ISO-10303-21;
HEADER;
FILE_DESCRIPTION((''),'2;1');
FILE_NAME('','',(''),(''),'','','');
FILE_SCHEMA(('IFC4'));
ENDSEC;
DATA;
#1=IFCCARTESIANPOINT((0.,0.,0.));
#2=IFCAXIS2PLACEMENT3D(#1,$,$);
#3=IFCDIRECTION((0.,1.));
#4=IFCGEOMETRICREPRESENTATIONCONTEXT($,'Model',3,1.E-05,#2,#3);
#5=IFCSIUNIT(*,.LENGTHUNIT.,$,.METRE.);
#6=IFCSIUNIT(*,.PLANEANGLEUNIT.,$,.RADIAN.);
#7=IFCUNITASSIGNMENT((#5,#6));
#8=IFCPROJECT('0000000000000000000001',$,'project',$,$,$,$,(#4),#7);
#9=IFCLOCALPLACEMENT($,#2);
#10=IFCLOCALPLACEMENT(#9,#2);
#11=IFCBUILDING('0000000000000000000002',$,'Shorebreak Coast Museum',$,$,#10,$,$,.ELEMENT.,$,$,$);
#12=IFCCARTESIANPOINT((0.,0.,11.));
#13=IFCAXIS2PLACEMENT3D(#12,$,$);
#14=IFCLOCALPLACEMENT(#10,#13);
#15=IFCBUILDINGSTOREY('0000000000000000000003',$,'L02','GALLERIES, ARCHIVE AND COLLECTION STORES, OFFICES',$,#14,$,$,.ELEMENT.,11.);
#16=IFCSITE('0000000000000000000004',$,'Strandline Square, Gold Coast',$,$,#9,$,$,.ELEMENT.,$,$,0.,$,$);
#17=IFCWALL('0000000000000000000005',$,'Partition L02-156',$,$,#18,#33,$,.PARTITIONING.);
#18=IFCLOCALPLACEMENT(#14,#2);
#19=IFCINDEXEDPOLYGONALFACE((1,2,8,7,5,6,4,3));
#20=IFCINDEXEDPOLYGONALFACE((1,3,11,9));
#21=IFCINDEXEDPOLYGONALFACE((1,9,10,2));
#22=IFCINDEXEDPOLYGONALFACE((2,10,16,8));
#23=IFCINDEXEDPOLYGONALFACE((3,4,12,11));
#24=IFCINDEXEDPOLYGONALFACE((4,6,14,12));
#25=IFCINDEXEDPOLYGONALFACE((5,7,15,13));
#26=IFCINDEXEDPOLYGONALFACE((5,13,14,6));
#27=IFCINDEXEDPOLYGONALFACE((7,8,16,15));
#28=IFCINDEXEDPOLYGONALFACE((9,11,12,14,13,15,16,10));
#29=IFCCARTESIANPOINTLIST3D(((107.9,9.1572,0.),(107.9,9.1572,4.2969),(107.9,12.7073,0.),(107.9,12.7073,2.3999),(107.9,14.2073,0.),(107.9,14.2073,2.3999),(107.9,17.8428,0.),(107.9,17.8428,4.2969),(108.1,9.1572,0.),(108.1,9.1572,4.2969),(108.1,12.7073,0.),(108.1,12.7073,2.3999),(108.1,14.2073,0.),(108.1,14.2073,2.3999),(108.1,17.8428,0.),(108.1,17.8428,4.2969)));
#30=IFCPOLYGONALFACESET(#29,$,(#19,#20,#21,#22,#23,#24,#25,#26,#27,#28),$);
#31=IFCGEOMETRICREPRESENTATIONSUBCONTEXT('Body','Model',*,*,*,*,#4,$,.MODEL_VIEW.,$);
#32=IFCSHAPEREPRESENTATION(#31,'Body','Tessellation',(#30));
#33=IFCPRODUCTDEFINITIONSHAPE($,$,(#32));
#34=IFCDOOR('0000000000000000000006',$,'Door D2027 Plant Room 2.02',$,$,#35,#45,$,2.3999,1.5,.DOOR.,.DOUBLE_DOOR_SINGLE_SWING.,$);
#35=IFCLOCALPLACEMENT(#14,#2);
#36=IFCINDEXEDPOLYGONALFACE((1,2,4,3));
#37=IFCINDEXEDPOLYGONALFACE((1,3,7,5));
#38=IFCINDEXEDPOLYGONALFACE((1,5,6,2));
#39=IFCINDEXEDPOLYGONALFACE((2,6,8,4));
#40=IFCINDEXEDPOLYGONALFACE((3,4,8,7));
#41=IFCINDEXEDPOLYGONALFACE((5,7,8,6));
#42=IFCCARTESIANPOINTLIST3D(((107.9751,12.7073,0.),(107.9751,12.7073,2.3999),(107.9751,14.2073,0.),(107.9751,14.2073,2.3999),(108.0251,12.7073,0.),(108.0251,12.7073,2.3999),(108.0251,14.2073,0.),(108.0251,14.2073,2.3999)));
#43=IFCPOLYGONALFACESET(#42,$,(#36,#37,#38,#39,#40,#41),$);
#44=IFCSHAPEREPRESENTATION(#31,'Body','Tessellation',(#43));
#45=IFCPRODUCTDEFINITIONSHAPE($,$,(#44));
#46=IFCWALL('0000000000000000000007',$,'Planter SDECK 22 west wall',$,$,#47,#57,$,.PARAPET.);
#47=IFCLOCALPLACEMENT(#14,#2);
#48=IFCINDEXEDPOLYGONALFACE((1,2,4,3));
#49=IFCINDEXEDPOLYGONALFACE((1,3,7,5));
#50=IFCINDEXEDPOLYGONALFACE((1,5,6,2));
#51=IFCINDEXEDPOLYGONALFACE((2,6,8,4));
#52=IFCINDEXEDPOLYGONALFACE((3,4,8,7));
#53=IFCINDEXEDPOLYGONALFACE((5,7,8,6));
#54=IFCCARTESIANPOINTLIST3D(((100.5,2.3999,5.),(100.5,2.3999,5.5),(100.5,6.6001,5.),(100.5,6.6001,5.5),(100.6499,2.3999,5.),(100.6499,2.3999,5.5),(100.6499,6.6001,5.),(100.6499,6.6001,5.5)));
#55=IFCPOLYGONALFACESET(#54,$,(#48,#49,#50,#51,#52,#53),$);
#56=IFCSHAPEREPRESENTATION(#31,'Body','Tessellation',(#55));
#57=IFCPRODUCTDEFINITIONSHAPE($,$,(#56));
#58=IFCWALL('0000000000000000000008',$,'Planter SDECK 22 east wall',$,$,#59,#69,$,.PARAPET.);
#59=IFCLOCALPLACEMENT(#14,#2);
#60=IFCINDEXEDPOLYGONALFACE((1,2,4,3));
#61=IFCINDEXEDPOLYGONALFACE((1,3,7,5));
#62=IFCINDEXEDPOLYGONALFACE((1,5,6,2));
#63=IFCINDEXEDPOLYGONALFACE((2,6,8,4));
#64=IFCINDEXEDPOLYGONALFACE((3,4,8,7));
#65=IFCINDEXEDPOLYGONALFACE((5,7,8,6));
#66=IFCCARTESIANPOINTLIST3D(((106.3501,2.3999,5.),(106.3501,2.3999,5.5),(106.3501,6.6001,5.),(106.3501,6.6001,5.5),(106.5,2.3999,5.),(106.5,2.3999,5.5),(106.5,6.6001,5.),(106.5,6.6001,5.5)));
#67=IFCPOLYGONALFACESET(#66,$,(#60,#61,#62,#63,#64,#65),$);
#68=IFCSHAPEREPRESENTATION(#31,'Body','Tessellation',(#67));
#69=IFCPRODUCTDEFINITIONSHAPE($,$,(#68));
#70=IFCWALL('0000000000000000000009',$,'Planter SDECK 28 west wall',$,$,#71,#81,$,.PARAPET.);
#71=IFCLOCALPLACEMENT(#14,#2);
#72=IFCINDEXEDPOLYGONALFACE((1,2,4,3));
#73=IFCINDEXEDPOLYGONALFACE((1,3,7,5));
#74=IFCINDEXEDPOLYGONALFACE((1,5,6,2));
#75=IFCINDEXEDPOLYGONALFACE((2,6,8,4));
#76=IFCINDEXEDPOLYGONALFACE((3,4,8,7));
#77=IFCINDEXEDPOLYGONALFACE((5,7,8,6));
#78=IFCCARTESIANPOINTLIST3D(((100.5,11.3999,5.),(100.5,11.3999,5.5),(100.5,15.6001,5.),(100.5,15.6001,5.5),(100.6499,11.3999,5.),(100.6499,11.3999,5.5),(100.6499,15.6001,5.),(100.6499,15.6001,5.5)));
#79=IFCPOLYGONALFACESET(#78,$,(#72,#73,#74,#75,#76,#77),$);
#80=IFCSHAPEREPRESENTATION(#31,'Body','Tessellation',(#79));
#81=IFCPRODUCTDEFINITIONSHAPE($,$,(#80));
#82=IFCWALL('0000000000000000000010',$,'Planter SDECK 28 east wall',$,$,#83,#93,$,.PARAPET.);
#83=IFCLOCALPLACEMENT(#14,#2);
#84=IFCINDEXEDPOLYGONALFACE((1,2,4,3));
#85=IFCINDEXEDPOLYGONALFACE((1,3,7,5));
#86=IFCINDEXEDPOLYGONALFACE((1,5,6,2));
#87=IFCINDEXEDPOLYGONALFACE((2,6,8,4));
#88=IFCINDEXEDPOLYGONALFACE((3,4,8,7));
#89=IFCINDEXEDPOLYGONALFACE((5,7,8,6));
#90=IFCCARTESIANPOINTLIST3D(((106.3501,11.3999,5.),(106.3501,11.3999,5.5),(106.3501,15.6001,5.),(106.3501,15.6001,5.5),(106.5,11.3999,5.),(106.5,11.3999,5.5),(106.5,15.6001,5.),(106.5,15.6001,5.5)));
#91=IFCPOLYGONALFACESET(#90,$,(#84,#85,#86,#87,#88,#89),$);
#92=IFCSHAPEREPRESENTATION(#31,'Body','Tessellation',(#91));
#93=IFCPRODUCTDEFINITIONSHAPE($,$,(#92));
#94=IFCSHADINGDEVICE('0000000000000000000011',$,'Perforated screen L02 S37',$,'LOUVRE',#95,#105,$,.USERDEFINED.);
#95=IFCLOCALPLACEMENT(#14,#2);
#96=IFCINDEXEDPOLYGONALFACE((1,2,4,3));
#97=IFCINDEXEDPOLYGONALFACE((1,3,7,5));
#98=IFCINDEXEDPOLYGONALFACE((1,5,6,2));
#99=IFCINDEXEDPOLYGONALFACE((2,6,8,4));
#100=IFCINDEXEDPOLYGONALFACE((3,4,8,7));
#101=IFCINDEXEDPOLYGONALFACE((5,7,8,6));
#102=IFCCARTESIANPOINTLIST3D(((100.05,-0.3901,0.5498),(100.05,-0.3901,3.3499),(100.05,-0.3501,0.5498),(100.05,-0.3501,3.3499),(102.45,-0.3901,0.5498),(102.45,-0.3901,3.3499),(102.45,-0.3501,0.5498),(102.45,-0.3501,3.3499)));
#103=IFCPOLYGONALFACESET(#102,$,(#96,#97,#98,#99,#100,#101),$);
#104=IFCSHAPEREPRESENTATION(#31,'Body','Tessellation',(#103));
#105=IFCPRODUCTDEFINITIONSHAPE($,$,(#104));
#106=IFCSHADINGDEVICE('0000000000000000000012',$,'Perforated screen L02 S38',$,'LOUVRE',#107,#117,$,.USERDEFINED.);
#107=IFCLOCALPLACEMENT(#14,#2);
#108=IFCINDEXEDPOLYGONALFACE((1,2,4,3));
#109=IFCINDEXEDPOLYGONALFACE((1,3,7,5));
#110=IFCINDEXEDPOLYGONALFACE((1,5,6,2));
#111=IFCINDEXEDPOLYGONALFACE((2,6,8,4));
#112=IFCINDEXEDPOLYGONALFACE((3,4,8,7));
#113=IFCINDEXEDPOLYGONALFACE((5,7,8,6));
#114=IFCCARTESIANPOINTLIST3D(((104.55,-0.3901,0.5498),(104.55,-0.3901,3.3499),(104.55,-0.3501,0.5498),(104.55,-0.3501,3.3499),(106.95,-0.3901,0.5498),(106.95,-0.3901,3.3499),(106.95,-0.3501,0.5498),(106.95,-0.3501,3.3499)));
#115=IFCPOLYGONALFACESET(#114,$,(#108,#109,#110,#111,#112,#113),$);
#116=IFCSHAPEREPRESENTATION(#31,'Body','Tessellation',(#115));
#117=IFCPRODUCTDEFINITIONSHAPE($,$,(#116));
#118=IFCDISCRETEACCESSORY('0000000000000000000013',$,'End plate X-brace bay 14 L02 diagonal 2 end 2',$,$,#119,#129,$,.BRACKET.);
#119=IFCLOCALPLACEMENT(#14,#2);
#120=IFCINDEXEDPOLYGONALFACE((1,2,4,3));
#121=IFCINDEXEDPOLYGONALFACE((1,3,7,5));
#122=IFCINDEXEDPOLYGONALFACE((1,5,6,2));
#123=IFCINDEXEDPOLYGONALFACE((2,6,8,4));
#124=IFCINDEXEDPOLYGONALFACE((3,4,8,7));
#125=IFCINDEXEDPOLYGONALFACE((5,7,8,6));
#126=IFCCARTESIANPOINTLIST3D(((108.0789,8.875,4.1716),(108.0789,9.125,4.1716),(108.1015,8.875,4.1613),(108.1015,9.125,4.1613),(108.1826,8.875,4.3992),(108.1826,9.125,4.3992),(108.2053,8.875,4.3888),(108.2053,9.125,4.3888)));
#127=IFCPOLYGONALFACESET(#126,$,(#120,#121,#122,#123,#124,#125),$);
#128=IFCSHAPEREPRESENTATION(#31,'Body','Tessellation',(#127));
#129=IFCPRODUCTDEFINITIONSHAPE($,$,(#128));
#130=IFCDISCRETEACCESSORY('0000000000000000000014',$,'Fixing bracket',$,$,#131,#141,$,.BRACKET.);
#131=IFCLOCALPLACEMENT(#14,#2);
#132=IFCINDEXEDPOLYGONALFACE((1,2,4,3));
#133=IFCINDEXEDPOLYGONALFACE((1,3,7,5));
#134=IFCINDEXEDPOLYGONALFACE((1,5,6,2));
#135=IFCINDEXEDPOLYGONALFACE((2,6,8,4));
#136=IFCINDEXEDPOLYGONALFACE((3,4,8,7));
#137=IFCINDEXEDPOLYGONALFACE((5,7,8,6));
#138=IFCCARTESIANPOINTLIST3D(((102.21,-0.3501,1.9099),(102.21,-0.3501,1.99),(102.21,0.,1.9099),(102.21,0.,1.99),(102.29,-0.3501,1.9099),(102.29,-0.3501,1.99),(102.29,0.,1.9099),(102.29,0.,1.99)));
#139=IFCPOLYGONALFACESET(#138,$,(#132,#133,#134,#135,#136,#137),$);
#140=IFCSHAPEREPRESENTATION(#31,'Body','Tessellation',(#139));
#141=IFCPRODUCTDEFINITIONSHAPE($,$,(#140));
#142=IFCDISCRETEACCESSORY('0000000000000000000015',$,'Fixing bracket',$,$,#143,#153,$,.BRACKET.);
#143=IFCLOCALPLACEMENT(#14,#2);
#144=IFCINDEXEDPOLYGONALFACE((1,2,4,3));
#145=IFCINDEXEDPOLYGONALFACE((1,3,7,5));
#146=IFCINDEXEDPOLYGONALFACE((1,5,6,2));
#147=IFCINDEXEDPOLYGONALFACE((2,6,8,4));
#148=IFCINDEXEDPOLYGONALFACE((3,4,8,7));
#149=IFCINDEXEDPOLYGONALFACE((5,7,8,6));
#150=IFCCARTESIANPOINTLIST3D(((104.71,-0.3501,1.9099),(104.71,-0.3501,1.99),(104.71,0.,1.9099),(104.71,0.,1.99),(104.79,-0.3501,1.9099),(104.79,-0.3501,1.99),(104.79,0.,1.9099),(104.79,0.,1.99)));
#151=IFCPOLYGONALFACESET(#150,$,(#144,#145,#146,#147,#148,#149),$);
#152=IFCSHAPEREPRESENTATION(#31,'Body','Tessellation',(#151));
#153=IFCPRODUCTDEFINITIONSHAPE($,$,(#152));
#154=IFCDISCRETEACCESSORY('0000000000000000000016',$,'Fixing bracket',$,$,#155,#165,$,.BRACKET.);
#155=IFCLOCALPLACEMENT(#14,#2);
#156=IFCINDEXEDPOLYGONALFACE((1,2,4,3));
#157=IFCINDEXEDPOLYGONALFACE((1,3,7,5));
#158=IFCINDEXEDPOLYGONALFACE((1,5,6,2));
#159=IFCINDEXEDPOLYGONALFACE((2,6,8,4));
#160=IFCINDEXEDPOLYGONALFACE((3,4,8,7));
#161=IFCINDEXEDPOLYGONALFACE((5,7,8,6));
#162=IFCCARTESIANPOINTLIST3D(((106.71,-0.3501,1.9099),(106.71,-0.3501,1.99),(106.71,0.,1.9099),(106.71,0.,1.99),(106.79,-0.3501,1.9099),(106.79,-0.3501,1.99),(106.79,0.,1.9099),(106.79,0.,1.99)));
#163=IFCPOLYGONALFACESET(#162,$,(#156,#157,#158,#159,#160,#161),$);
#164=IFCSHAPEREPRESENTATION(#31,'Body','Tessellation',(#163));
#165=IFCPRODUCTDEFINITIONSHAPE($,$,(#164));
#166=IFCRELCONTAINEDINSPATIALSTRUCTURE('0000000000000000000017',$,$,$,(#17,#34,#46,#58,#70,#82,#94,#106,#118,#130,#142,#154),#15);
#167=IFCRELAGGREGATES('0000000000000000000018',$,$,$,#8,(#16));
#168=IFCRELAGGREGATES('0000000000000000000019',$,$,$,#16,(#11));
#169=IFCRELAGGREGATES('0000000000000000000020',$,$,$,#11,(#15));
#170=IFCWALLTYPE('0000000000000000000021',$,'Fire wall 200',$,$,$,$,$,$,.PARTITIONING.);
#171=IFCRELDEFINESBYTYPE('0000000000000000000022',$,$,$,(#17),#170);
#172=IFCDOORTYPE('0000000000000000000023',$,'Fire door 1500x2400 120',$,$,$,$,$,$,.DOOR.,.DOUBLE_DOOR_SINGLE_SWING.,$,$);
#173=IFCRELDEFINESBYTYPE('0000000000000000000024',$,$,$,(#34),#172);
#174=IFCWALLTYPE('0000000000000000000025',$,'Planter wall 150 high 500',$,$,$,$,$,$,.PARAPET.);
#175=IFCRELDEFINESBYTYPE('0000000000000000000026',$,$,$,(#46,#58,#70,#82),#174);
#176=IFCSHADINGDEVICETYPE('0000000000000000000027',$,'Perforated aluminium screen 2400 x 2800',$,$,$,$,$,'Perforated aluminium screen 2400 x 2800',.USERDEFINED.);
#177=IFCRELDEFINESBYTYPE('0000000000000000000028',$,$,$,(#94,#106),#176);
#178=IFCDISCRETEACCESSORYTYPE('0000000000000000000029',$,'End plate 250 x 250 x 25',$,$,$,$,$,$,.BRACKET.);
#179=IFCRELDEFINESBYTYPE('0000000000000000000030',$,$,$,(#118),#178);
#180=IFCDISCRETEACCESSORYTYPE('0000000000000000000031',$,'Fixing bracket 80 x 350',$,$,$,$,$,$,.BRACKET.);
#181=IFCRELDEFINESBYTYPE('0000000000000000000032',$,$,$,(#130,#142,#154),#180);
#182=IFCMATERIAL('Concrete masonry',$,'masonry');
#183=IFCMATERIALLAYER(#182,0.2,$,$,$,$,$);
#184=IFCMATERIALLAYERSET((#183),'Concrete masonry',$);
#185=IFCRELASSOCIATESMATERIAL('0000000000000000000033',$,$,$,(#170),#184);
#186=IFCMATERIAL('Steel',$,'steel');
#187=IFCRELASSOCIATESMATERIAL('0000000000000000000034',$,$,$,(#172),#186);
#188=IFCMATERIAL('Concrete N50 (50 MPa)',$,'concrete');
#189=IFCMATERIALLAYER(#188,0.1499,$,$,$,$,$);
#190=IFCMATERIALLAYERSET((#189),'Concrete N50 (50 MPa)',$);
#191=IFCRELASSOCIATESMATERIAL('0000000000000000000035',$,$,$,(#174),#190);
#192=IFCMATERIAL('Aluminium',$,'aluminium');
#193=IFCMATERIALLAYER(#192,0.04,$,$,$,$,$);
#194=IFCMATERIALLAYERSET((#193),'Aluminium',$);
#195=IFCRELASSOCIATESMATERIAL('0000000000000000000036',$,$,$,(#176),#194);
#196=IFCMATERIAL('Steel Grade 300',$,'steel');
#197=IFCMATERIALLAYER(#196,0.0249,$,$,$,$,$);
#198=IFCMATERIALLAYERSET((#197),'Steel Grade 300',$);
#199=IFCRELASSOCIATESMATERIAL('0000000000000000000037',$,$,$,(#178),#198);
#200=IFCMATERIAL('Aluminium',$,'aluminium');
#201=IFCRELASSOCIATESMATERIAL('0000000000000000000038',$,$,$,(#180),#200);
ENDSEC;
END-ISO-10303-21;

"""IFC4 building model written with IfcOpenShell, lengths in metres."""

from ifc_helpers import new_model, si_unit, direction, frame, frame_2d, origin, origin_2d, place, context, subcontext, project, spatial, polyline, rectangle, outline, extrude, material, layer, layer_set, type_object, element, fill, save


model = new_model("IFC4")

# Units and contexts
model_context = context("Model", 3, precision=1e-05, world=origin(), true_north=direction((0.0, 1.0)))
body_context = subcontext(model_context, "Body", "Model", "MODEL_VIEW")
ifc_project = project(units=[si_unit("LENGTHUNIT", "METRE"), si_unit("PLANEANGLEUNIT", "RADIAN")], contexts=[model_context])

# Site, building, storey
site_placement = place(None, origin())
site = spatial("IfcSite", under=ifc_project, at=site_placement, Name="Strandline Square, Gold Coast", CompositionType="ELEMENT", RefElevation=0.0)
building_placement = place(site_placement, origin())
building = spatial("IfcBuilding", under=site, at=building_placement, Name="Shorebreak Coast Museum", CompositionType="ELEMENT")
storey_placement = place(building_placement, frame((0.0, 0.0, 11.0)))
storey = spatial("IfcBuildingStorey", under=building, at=storey_placement, Name="L02", Description="GALLERIES, ARCHIVE AND COLLECTION STORES, OFFICES", CompositionType="ELEMENT", Elevation=11.0)

# Wall, opening, door
ifc_material_1 = material(Name="Concrete masonry", Category="masonry")
ifc_layer_1 = layer(ifc_material_1, 0.2)
ifc_layer_set_1 = layer_set([ifc_layer_1], Name="Concrete masonry")
wall_type_1 = type_object("IfcWallType", Name="Fire wall 200", PredefinedType="PARTITIONING", material=ifc_layer_set_1)
wall_1_placement = place(storey_placement, frame((108.0, 9.1572, 0.0), z_axis=(0.0, 0.0, 1.0), x_axis=(0.0, 1.0, 0.0)))
wall_1 = element("IfcWall", 1, at=wall_1_placement, inside=storey, type_object=wall_type_1, Name="Partition L02-156", PredefinedType="PARTITIONING", context=body_context, shape_type="SweptSolid", body=[
    extrude(rectangle(XDim=8.6855, YDim=0.2, at=frame_2d((4.3428, 0.0))), origin(), (0.0, 0.0, 1.0), 4.2969),
])
opening_placement = place(wall_1_placement, frame((3.55, 0.0, 0.0)))
opening = element("IfcOpeningElement", 2, at=opening_placement, cuts=wall_1, PredefinedType="OPENING", context=body_context, shape_type="SweptSolid", body=[
    extrude(rectangle(XDim=1.5, YDim=2.3999, at=frame_2d((0.75, 1.2))), frame((0.0, 0.1099, 0.0), z_axis=(0.0, -1.0, 0.0), x_axis=(1.0, 0.0, 0.0)), (0.0, 0.0, 1.0), 0.22),
])
ifc_material_2 = material(Name="Steel", Category="steel")
door_type = type_object("IfcDoorType", Name="Fire door 1500x2400 120", OperationType="DOUBLE_DOOR_SINGLE_SWING", PredefinedType="DOOR", material=ifc_material_2)
door_placement = place(opening_placement, origin())
door = element("IfcDoor", 3, at=door_placement, inside=storey, type_object=door_type, Name="Door D2027 Plant Room 2.02", OperationType="DOUBLE_DOOR_SINGLE_SWING", OverallHeight=2.3999, OverallWidth=1.5, PredefinedType="DOOR", context=body_context, shape_type="SweptSolid", body=[
    extrude(rectangle(XDim=1.5, YDim=2.3999, at=frame_2d((0.75, 1.2))), frame((0.0, 0.0249, 0.0), z_axis=(0.0, -1.0, 0.0), x_axis=(1.0, 0.0, 0.0)), (0.0, 0.0, 1.0), 0.05),
])
fill(opening, door)

# Walls
ifc_material_3 = material(Name="Concrete N50 (50 MPa)", Category="concrete")
ifc_layer_2 = layer(ifc_material_3, 0.1499)
ifc_layer_set_2 = layer_set([ifc_layer_2], Name="Concrete N50 (50 MPa)")
wall_type_2 = type_object("IfcWallType", Name="Planter wall 150 high 500", PredefinedType="PARAPET", material=ifc_layer_set_2)
for number, where, z_axis, x_axis, name in (
    (4, (100.575, 2.3999, 5.0), (0.0, 0.0, 1.0), (0.0, 1.0, 0.0), "Planter SDECK 22 west wall"),
    (5, (106.425, 2.3999, 5.0), (0.0, 0.0, 1.0), (0.0, 1.0, 0.0), "Planter SDECK 22 east wall"),
    (6, (100.575, 11.3999, 5.0), (0.0, 0.0, 1.0), (0.0, 1.0, 0.0), "Planter SDECK 28 west wall"),
    (7, (106.425, 11.3999, 5.0), (0.0, 0.0, 1.0), (0.0, 1.0, 0.0), "Planter SDECK 28 east wall"),
):
    element("IfcWall", number, at=place(storey_placement, frame(where, z_axis=z_axis, x_axis=x_axis)), inside=storey, type_object=wall_type_2, Name=name, PredefinedType="PARAPET", context=body_context, shape_type="SweptSolid", body=[
        extrude(rectangle(XDim=4.2002, YDim=0.1499, at=frame_2d((2.1001, 0.0))), origin(), (0.0, 0.0, 1.0), 0.5),
    ])

# Shading devices
ifc_material_4 = material(Name="Aluminium", Category="aluminium")
ifc_layer_3 = layer(ifc_material_4, 0.04)
ifc_layer_set_3 = layer_set([ifc_layer_3], Name="Aluminium")
shading_device_type = type_object("IfcShadingDeviceType", Name="Perforated aluminium screen 2400 x 2800", ElementType="Perforated aluminium screen 2400 x 2800", PredefinedType="USERDEFINED", material=ifc_layer_set_3)
for number, where, z_axis, x_axis, name in (
    (8, (101.25, -0.3701, 0.5498), (0.0, 0.0, 1.0), (1.0, 0.0, 0.0), "Perforated screen L02 S37"),
    (9, (105.75, -0.3701, 0.5498), (0.0, 0.0, 1.0), (1.0, 0.0, 0.0), "Perforated screen L02 S38"),
):
    element("IfcShadingDevice", number, at=place(storey_placement, frame(where, z_axis=z_axis, x_axis=x_axis)), inside=storey, type_object=shading_device_type, Name=name, ObjectType="LOUVRE", PredefinedType="USERDEFINED", context=body_context, shape_type="SweptSolid", body=[
        extrude(rectangle(XDim=2.3999, YDim=0.04, at=origin_2d()), origin(), (0.0, 0.0, 1.0), 2.8),
    ])

# Discrete accessories
ifc_material_5 = material(Name="Steel Grade 300", Category="steel")
ifc_layer_4 = layer(ifc_material_5, 0.0249)
ifc_layer_set_4 = layer_set([ifc_layer_4], Name="Steel Grade 300")
discrete_accessory_type_1 = type_object("IfcDiscreteAccessoryType", Name="End plate 250 x 250 x 25", PredefinedType="BRACKET", material=ifc_layer_set_4)
discrete_accessory_placement = place(storey_placement, frame((108.0789, 9.125, 4.1716), z_axis=(-0.909864, 0.0, 0.414906), x_axis=(0.0, -1.0, 0.0)))
element("IfcDiscreteAccessory", 10, at=discrete_accessory_placement, inside=storey, type_object=discrete_accessory_type_1, Name="End plate X-brace bay 14 L02 diagonal 2 end 2", PredefinedType="BRACKET", context=body_context, shape_type="SweptSolid", body=[
    extrude(outline(polyline([(0.0, 0.0), (0.25, 0.0), (0.25, 0.2501), (0.0, 0.2501), (0.0, 0.0)])), origin(), (0.0, 0.0, -1.0), 0.0249),
])
ifc_material_6 = material(Name="Aluminium", Category="aluminium")
discrete_accessory_type_2 = type_object("IfcDiscreteAccessoryType", Name="Fixing bracket 80 x 350", PredefinedType="BRACKET", material=ifc_material_6)
for number, where, z_axis, x_axis, name in (
    (11, (102.25, -0.175, 1.9099), (0.0, 0.0, 1.0), (1.0, 0.0, 0.0), "Fixing bracket"),
    (12, (104.75, -0.175, 1.9099), (0.0, 0.0, 1.0), (1.0, 0.0, 0.0), "Fixing bracket"),
    (13, (106.75, -0.175, 1.9099), (0.0, 0.0, 1.0), (1.0, 0.0, 0.0), "Fixing bracket"),
):
    element("IfcDiscreteAccessory", number, at=place(storey_placement, frame(where, z_axis=z_axis, x_axis=x_axis)), inside=storey, type_object=discrete_accessory_type_2, Name=name, PredefinedType="BRACKET", context=body_context, shape_type="SweptSolid", body=[
        extrude(rectangle(XDim=0.0801, YDim=0.3501, at=origin_2d()), origin(), (0.0, 0.0, 1.0), 0.0801),
    ])

save(model, "model.ifc")
